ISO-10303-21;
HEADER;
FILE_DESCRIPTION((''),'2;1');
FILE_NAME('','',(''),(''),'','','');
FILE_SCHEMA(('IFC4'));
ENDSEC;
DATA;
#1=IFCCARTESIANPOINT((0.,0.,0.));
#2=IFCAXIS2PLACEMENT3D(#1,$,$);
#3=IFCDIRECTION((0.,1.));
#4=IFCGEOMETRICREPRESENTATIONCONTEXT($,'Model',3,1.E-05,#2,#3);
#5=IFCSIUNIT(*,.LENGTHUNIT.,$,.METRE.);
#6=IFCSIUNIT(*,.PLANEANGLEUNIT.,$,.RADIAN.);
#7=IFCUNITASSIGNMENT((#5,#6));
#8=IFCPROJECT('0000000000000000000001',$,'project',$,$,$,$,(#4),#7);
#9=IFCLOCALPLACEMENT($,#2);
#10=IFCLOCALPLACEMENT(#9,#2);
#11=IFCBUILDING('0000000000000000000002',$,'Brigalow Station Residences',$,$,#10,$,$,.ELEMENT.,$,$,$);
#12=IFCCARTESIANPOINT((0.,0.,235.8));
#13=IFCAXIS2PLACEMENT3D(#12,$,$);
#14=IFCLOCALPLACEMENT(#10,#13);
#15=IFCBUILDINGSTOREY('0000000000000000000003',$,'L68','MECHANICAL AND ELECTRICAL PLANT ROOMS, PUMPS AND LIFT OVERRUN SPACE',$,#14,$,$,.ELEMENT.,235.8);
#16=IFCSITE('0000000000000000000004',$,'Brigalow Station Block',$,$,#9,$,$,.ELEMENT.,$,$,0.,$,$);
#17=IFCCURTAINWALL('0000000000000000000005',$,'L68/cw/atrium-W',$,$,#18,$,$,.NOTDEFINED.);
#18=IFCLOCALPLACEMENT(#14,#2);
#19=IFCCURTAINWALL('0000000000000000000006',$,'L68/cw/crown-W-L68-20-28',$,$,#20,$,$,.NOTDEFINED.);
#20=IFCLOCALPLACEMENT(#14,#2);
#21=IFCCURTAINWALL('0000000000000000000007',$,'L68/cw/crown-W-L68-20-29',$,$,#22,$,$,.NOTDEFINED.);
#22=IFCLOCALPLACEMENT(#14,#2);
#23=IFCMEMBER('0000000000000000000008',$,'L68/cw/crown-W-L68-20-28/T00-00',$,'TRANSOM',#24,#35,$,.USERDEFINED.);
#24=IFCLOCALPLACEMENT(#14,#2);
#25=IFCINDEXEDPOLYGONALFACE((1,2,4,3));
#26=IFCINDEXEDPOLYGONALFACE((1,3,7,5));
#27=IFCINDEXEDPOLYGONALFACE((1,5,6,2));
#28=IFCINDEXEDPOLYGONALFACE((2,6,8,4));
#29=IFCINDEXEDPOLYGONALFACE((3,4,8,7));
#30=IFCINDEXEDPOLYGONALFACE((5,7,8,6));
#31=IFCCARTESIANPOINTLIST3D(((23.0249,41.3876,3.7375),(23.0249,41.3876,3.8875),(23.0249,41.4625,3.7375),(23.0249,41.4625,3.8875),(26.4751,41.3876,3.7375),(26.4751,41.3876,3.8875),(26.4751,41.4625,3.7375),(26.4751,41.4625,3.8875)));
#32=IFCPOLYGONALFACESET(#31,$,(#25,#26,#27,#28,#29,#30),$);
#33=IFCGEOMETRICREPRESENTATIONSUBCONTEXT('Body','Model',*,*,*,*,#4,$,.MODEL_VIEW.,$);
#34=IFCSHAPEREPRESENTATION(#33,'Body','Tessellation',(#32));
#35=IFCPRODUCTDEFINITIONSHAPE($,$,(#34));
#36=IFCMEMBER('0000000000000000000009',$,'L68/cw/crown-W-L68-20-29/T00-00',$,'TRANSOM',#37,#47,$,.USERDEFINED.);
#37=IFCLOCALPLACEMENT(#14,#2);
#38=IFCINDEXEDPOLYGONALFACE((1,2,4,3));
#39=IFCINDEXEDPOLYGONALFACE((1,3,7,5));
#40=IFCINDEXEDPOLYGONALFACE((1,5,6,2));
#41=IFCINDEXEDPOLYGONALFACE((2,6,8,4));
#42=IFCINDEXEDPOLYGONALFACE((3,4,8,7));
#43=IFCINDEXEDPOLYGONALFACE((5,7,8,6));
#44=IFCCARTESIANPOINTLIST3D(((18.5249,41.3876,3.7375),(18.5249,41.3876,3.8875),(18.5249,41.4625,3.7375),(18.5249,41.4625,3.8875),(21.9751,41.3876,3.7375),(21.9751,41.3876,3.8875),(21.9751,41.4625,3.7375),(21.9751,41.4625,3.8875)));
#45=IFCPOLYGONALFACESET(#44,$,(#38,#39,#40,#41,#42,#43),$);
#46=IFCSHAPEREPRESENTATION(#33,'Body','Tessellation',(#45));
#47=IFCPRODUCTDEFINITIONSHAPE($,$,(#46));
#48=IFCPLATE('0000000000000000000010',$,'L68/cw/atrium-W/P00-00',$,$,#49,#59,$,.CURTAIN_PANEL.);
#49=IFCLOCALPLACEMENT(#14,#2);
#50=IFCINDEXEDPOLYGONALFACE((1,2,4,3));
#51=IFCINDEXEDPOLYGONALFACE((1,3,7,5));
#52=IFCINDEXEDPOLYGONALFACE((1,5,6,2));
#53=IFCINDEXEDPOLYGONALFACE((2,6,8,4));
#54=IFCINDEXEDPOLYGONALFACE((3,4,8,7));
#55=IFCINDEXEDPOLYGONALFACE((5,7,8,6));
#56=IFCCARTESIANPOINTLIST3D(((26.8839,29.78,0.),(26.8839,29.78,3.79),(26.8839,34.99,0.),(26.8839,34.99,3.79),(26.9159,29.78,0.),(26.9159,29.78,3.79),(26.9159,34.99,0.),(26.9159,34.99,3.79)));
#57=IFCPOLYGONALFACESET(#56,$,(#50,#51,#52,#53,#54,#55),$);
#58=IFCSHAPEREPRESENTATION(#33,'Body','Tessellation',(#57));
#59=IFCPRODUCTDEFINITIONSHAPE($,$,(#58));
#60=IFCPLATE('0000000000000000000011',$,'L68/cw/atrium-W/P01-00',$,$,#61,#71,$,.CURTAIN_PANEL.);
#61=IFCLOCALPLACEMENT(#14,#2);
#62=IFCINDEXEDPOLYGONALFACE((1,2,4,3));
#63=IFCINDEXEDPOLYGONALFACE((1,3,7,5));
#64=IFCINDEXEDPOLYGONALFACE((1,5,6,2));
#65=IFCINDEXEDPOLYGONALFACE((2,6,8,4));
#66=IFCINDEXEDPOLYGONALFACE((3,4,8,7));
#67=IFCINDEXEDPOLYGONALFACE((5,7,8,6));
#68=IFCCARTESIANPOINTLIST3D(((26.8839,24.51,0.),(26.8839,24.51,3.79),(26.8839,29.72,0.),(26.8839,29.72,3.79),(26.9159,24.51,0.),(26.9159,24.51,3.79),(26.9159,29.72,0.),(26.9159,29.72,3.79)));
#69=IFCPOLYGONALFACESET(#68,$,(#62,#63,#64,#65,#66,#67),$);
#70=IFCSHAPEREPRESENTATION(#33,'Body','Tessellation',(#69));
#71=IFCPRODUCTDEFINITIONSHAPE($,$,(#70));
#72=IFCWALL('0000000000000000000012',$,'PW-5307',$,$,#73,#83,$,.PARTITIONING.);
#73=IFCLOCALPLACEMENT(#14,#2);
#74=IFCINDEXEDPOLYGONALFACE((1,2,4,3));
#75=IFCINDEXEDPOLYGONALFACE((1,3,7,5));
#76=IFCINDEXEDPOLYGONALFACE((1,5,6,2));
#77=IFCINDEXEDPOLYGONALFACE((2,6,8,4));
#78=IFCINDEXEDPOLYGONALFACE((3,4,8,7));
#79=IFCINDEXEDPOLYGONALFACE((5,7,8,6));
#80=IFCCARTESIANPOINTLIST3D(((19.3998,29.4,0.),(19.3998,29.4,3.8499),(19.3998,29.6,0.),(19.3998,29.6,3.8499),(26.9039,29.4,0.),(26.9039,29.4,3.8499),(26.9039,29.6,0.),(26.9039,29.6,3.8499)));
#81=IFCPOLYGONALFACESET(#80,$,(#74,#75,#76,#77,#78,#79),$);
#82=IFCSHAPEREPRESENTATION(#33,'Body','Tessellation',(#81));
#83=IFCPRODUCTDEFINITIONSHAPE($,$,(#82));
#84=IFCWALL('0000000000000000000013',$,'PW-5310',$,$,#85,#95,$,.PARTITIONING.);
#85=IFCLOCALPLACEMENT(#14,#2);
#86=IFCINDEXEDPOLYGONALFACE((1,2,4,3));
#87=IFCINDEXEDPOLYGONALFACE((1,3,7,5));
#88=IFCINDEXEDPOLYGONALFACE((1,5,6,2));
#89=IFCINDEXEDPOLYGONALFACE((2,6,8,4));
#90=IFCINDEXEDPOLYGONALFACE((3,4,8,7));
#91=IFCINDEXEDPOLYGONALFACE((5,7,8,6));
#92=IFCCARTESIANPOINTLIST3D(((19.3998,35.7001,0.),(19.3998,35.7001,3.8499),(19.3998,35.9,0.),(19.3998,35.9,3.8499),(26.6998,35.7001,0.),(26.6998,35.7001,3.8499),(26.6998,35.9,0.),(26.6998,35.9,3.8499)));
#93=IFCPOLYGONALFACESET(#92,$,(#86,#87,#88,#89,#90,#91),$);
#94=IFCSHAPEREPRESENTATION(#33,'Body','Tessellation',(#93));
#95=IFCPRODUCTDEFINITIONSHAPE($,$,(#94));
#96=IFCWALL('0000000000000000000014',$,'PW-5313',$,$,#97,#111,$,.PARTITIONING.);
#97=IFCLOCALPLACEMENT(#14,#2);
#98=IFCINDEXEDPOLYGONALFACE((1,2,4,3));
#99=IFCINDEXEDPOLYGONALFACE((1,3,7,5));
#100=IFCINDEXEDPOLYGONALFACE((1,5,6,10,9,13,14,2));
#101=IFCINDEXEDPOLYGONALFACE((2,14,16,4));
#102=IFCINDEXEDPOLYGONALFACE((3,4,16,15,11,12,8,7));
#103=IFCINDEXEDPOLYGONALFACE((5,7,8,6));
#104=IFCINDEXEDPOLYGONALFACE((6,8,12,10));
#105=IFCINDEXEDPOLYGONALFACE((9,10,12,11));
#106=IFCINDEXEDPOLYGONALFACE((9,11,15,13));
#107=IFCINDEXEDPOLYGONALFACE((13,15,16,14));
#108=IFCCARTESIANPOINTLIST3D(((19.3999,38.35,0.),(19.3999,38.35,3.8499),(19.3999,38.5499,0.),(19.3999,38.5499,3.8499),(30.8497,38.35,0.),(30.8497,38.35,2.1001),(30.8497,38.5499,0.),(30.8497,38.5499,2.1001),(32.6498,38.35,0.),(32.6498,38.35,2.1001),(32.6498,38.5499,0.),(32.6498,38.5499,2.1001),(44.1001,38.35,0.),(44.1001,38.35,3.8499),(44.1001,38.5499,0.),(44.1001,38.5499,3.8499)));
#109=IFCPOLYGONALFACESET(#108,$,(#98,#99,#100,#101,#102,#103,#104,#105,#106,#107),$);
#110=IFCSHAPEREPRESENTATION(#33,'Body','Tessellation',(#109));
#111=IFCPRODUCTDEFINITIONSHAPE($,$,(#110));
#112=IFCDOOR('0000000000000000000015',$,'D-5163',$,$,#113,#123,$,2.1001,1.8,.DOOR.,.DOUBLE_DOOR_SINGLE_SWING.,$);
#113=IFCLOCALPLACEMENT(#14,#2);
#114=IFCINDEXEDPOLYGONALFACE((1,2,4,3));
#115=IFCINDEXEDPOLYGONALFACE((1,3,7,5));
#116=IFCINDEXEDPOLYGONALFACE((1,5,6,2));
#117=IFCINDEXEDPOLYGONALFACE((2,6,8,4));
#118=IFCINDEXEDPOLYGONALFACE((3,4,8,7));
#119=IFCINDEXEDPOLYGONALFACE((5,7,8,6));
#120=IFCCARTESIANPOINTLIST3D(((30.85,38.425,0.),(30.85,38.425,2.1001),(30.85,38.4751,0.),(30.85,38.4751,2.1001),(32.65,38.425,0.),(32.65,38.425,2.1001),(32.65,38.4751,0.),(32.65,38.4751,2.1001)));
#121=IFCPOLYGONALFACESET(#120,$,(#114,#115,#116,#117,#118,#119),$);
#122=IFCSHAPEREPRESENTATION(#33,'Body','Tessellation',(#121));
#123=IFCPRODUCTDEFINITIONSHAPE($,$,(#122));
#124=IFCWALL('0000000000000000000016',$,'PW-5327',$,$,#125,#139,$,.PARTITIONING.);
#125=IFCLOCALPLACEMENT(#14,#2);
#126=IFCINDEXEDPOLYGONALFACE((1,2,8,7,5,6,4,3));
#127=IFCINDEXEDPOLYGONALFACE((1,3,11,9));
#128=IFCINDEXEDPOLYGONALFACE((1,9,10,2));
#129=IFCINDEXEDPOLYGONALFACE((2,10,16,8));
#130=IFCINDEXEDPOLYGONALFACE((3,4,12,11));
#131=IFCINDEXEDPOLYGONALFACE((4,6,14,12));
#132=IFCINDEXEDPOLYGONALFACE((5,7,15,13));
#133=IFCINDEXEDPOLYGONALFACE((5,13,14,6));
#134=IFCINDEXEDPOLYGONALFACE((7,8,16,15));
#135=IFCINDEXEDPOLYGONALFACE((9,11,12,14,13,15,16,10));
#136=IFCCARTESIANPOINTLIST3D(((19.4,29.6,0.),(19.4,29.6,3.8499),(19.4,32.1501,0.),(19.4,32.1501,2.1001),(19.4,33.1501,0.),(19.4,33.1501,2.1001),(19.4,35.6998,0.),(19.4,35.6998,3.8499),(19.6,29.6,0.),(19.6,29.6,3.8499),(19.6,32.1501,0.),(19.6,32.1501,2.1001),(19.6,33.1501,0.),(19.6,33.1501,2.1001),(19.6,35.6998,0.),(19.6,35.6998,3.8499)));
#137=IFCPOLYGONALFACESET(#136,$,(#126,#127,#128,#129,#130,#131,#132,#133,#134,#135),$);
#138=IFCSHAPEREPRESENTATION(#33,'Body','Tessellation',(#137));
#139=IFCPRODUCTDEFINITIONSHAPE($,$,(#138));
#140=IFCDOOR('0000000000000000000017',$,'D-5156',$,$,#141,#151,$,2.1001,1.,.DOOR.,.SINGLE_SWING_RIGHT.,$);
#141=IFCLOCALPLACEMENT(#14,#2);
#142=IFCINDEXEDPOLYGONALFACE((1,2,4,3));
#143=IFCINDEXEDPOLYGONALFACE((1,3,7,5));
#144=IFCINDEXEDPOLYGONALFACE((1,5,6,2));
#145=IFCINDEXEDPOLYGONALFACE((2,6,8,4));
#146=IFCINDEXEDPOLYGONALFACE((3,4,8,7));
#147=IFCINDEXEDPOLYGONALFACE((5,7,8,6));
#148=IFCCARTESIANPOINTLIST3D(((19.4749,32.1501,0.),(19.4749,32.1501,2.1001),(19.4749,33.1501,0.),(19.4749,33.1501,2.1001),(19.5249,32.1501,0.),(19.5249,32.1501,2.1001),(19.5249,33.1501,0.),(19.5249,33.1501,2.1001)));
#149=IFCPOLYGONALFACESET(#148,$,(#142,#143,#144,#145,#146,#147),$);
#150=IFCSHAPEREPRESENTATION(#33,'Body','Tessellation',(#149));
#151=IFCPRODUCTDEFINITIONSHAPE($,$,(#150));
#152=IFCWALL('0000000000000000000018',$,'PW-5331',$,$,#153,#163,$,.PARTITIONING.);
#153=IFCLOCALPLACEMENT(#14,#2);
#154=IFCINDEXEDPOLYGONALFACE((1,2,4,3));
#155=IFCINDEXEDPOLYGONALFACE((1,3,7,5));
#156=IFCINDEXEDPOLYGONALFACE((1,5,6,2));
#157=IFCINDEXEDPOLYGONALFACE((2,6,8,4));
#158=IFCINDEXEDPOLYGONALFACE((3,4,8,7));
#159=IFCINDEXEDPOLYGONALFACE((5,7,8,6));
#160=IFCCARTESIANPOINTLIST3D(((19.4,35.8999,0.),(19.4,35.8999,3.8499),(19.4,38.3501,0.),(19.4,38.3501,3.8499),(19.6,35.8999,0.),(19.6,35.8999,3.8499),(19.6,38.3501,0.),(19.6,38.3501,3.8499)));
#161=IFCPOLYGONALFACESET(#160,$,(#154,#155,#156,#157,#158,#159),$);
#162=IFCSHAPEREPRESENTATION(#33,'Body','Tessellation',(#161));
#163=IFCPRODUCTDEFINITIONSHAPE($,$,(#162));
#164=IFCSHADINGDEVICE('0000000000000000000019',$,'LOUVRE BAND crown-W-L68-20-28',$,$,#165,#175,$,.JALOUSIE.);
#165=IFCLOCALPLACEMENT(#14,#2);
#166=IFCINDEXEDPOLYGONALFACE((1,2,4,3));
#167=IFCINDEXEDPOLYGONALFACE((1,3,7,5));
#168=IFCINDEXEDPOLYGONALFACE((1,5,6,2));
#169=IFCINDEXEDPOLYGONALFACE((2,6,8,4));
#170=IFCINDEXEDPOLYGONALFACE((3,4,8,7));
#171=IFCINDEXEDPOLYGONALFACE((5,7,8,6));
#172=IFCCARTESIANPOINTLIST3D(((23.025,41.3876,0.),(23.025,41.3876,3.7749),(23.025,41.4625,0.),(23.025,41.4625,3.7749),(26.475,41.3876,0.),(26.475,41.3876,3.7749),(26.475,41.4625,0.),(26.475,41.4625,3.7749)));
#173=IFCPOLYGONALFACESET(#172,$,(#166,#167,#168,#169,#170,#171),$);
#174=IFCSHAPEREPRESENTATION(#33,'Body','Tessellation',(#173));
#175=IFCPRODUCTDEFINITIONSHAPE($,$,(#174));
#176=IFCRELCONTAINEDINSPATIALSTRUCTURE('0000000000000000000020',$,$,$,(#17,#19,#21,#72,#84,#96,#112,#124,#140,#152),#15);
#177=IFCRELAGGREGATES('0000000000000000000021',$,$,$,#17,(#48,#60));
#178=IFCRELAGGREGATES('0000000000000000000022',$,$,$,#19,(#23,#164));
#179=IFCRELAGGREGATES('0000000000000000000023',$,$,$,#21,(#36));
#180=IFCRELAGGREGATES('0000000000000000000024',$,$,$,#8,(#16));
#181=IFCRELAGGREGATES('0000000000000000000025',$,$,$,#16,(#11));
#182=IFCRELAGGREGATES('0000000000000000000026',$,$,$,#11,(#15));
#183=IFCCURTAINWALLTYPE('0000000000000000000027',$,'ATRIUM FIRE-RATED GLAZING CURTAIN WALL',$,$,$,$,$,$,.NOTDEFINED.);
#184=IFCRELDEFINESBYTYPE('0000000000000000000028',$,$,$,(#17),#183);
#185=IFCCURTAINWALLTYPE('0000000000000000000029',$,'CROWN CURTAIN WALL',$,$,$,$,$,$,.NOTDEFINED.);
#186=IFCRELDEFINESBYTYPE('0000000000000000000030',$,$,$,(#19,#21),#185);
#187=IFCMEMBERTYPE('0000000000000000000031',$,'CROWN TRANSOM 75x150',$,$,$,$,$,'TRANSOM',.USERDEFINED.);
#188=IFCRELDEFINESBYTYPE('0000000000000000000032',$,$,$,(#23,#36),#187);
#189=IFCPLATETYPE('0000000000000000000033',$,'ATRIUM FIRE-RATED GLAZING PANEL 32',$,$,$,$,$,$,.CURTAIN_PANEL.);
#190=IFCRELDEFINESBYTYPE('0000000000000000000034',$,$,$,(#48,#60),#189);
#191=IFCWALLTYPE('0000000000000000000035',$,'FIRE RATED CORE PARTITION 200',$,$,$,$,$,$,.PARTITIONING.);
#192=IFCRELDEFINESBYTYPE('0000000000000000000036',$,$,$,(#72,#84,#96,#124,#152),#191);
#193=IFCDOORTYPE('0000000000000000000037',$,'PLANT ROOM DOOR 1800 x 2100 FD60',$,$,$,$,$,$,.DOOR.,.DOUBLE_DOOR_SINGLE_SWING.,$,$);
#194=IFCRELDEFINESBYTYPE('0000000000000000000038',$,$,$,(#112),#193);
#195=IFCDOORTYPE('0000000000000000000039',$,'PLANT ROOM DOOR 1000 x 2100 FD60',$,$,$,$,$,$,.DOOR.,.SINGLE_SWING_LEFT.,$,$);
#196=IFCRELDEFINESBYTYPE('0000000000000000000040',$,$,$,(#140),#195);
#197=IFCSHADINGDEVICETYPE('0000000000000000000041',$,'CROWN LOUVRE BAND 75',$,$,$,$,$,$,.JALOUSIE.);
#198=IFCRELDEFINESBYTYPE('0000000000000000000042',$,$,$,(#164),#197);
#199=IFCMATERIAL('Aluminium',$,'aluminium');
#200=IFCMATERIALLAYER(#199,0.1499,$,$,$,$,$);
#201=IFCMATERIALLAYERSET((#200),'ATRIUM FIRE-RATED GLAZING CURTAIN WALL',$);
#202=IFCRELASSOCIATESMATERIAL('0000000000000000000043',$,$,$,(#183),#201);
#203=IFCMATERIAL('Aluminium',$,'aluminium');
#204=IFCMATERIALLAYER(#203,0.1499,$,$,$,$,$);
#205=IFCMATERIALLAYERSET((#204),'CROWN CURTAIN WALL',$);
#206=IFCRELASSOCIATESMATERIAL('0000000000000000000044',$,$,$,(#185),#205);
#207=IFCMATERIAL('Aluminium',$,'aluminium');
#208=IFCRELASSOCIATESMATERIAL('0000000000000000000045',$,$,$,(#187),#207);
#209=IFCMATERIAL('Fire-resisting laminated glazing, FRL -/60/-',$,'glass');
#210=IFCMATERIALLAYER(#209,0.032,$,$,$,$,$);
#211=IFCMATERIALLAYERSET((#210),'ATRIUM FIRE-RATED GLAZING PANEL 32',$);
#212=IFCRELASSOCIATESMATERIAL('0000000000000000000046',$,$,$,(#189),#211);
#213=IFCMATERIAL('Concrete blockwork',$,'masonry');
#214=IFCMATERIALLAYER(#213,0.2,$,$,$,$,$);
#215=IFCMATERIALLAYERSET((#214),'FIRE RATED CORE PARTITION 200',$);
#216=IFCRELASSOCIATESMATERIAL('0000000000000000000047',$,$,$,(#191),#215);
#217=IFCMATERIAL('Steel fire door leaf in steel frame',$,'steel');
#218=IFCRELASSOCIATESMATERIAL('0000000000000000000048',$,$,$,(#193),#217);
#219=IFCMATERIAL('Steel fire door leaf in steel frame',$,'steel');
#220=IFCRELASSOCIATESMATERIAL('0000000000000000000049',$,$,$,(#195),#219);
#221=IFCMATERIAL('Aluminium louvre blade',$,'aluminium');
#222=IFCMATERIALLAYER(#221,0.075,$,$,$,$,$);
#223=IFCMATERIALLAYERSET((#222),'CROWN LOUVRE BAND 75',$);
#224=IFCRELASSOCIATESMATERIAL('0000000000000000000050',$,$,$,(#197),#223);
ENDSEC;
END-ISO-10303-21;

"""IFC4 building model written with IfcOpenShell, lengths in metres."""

from ifc_helpers import new_model, si_unit, direction, frame, frame_2d, origin, origin_2d, place, context, subcontext, project, spatial, rectangle, extrude, material, layer, layer_set, material_profile, profile_set, type_object, element, fill, aggregate, save


model = new_model("IFC4")

# Units and contexts
model_context = context("Model", 3, precision=1e-05, world=origin(), true_north=direction((0.0, 1.0)))
body_context = subcontext(model_context, "Body", "Model", "MODEL_VIEW")
ifc_project = project(units=[si_unit("LENGTHUNIT", "METRE"), si_unit("PLANEANGLEUNIT", "RADIAN")], contexts=[model_context])

# Site, building, storey
site_placement = place(None, origin())
site = spatial("IfcSite", under=ifc_project, at=site_placement, Name="Brigalow Station Block", CompositionType="ELEMENT", RefElevation=0.0)
building_placement = place(site_placement, origin())
building = spatial("IfcBuilding", under=site, at=building_placement, Name="Brigalow Station Residences", CompositionType="ELEMENT")
storey_placement = place(building_placement, frame((0.0, 0.0, 235.8)))
storey = spatial("IfcBuildingStorey", under=building, at=storey_placement, Name="L68", Description="MECHANICAL AND ELECTRICAL PLANT ROOMS, PUMPS AND LIFT OVERRUN SPACE", CompositionType="ELEMENT", Elevation=235.8)

# Curtain walls
ifc_material_1 = material(Name="Aluminium", Category="aluminium")
ifc_layer_1 = layer(ifc_material_1, 0.1499)
ifc_layer_set_1 = layer_set([ifc_layer_1], Name="ATRIUM FIRE-RATED GLAZING CURTAIN WALL")
curtain_wall_type_1 = type_object("IfcCurtainWallType", Name="ATRIUM FIRE-RATED GLAZING CURTAIN WALL", PredefinedType="NOTDEFINED", material=ifc_layer_set_1)
curtain_wall_1_placement = place(storey_placement, origin())
curtain_wall_1 = element("IfcCurtainWall", 1, at=curtain_wall_1_placement, inside=storey, type_object=curtain_wall_type_1, Name="L68/cw/atrium-W", PredefinedType="NOTDEFINED")
ifc_material_2 = material(Name="Aluminium", Category="aluminium")
ifc_layer_2 = layer(ifc_material_2, 0.1499)
ifc_layer_set_2 = layer_set([ifc_layer_2], Name="CROWN CURTAIN WALL")
curtain_wall_type_2 = type_object("IfcCurtainWallType", Name="CROWN CURTAIN WALL", PredefinedType="NOTDEFINED", material=ifc_layer_set_2)
curtain_wall_2_placement = place(storey_placement, origin())
curtain_wall_2 = element("IfcCurtainWall", 2, at=curtain_wall_2_placement, inside=storey, type_object=curtain_wall_type_2, Name="L68/cw/crown-W-L68-20-28", PredefinedType="NOTDEFINED")
curtain_wall_3_placement = place(storey_placement, origin())
curtain_wall_3 = element("IfcCurtainWall", 3, at=curtain_wall_3_placement, inside=storey, type_object=curtain_wall_type_2, Name="L68/cw/crown-W-L68-20-29", PredefinedType="NOTDEFINED")

# Members
ifc_material_3 = material(Name="Aluminium", Category="aluminium")
ifc_material_profile_1 = material_profile(ifc_material_3, rectangle(XDim=0.075, YDim=0.1499, at=origin_2d()), Name="CROWN TRANSOM 75x150")
ifc_profile_set_1 = profile_set([ifc_material_profile_1], Name="Aluminium")
member_type_1 = type_object("IfcMemberType", Name="CROWN TRANSOM 75x150", ElementType="TRANSOM", PredefinedType="USERDEFINED", material=ifc_profile_set_1)
member_1_placement = place(storey_placement, frame((26.4751, 41.425, 3.8125), z_axis=(-1.0, 0.0, 0.0), x_axis=(0.0, -1.0, 0.0)))
member_1 = element("IfcMember", 4, at=member_1_placement, type_object=member_type_1, Name="L68/cw/crown-W-L68-20-28/T00-00", ObjectType="TRANSOM", PredefinedType="USERDEFINED", context=body_context, shape_type="SweptSolid", body=[
    extrude(rectangle(XDim=0.075, YDim=0.1499, at=origin_2d()), origin(), (0.0, 0.0, 1.0), 3.4502),
])
member_2_placement = place(storey_placement, frame((21.9751, 41.425, 3.8125), z_axis=(-1.0, 0.0, 0.0), x_axis=(0.0, -1.0, 0.0)))
member_2 = element("IfcMember", 5, at=member_2_placement, type_object=member_type_1, Name="L68/cw/crown-W-L68-20-29/T00-00", ObjectType="TRANSOM", PredefinedType="USERDEFINED", context=body_context, shape_type="SweptSolid", body=[
    extrude(rectangle(XDim=0.075, YDim=0.1499, at=origin_2d()), origin(), (0.0, 0.0, 1.0), 3.4502),
])

# Plates
ifc_material_4 = material(Name="Fire-resisting laminated glazing, FRL -/60/-", Category="glass")
ifc_layer_3 = layer(ifc_material_4, 0.032)
ifc_layer_set_3 = layer_set([ifc_layer_3], Name="ATRIUM FIRE-RATED GLAZING PANEL 32")
plate_type = type_object("IfcPlateType", Name="ATRIUM FIRE-RATED GLAZING PANEL 32", PredefinedType="CURTAIN_PANEL", material=ifc_layer_set_3)
plate_1_placement = place(storey_placement, frame((26.8999, 32.385, 0.0), z_axis=(0.0, 0.0, 1.0), x_axis=(0.0, -1.0, 0.0)))
plate_1 = element("IfcPlate", 6, at=plate_1_placement, type_object=plate_type, Name="L68/cw/atrium-W/P00-00", PredefinedType="CURTAIN_PANEL", context=body_context, shape_type="SweptSolid", body=[
    extrude(rectangle(XDim=5.21, YDim=0.032, at=origin_2d()), origin(), (0.0, 0.0, 1.0), 3.79),
])
plate_2_placement = place(storey_placement, frame((26.8999, 27.115, 0.0), z_axis=(0.0, 0.0, 1.0), x_axis=(0.0, -1.0, 0.0)))
plate_2 = element("IfcPlate", 7, at=plate_2_placement, type_object=plate_type, Name="L68/cw/atrium-W/P01-00", PredefinedType="CURTAIN_PANEL", context=body_context, shape_type="SweptSolid", body=[
    extrude(rectangle(XDim=5.21, YDim=0.032, at=origin_2d()), origin(), (0.0, 0.0, 1.0), 3.79),
])
aggregate(curtain_wall_1, [plate_1, plate_2])

# Walls
ifc_material_5 = material(Name="Concrete blockwork", Category="masonry")
ifc_layer_4 = layer(ifc_material_5, 0.2)
ifc_layer_set_4 = layer_set([ifc_layer_4], Name="FIRE RATED CORE PARTITION 200")
wall_type = type_object("IfcWallType", Name="FIRE RATED CORE PARTITION 200", PredefinedType="PARTITIONING", material=ifc_layer_set_4)
wall_1_placement = place(storey_placement, frame((19.3999, 29.5, 0.0), z_axis=(0.0, 0.0, 1.0), x_axis=(1.0, 0.0, 0.0)))
element("IfcWall", 8, at=wall_1_placement, inside=storey, type_object=wall_type, Name="PW-5307", PredefinedType="PARTITIONING", context=body_context, shape_type="SweptSolid", body=[
    extrude(rectangle(XDim=7.5042, YDim=0.2, at=frame_2d((3.752, 0.0))), origin(), (0.0, 0.0, 1.0), 3.8499),
])
wall_2_placement = place(storey_placement, frame((19.3999, 35.8, 0.0), z_axis=(0.0, 0.0, 1.0), x_axis=(1.0, 0.0, 0.0)))
element("IfcWall", 9, at=wall_2_placement, inside=storey, type_object=wall_type, Name="PW-5310", PredefinedType="PARTITIONING", context=body_context, shape_type="SweptSolid", body=[
    extrude(rectangle(XDim=7.3, YDim=0.2, at=frame_2d((3.6499, 0.0))), origin(), (0.0, 0.0, 1.0), 3.8499),
])

# Walls, openings, doors
wall_3_placement = place(storey_placement, frame((19.3999, 38.45, 0.0), z_axis=(0.0, 0.0, 1.0), x_axis=(1.0, 0.0, 0.0)))
wall_3 = element("IfcWall", 10, at=wall_3_placement, inside=storey, type_object=wall_type, Name="PW-5313", PredefinedType="PARTITIONING", context=body_context, shape_type="SweptSolid", body=[
    extrude(rectangle(XDim=24.7002, YDim=0.2, at=frame_2d((12.3501, 0.0))), origin(), (0.0, 0.0, 1.0), 3.8499),
])
opening_1_placement = place(wall_3_placement, frame((11.45, 0.0, 0.0)))
opening_1 = element("IfcOpeningElement", 11, at=opening_1_placement, cuts=wall_3, PredefinedType="OPENING", context=body_context, shape_type="SweptSolid", body=[
    extrude(rectangle(XDim=1.8, YDim=2.1001, at=frame_2d((0.8999, 1.05))), frame((0.0, 0.1099, 0.0), z_axis=(0.0, -1.0, 0.0), x_axis=(1.0, 0.0, 0.0)), (0.0, 0.0, 1.0), 0.22),
])
ifc_material_6 = material(Name="Steel fire door leaf in steel frame", Category="steel")
door_type_1 = type_object("IfcDoorType", Name="PLANT ROOM DOOR 1800 x 2100 FD60", OperationType="DOUBLE_DOOR_SINGLE_SWING", PredefinedType="DOOR", material=ifc_material_6)
door_1_placement = place(opening_1_placement, frame((1.8, 0.0, 0.0), z_axis=(0.0, 0.0, 1.0), x_axis=(-1.0, 0.0, 0.0)))
door_1 = element("IfcDoor", 12, at=door_1_placement, inside=storey, type_object=door_type_1, Name="D-5163", OperationType="DOUBLE_DOOR_SINGLE_SWING", OverallHeight=2.1001, OverallWidth=1.8, PredefinedType="DOOR", context=body_context, shape_type="SweptSolid", body=[
    extrude(rectangle(XDim=1.8, YDim=2.1001, at=frame_2d((0.8999, 1.05))), frame((0.0, 0.0249, 0.0), z_axis=(0.0, -1.0, 0.0), x_axis=(1.0, 0.0, 0.0)), (0.0, 0.0, 1.0), 0.05),
])
fill(opening_1, door_1)
wall_4_placement = place(storey_placement, frame((19.5, 29.6001, 0.0), z_axis=(0.0, 0.0, 1.0), x_axis=(0.0, 1.0, 0.0)))
wall_4 = element("IfcWall", 13, at=wall_4_placement, inside=storey, type_object=wall_type, Name="PW-5327", PredefinedType="PARTITIONING", context=body_context, shape_type="SweptSolid", body=[
    extrude(rectangle(XDim=6.0999, YDim=0.2, at=frame_2d((3.0498, 0.0))), origin(), (0.0, 0.0, 1.0), 3.8499),
])
opening_2_placement = place(wall_4_placement, frame((2.55, 0.0, 0.0)))
opening_2 = element("IfcOpeningElement", 14, at=opening_2_placement, cuts=wall_4, PredefinedType="OPENING", context=body_context, shape_type="SweptSolid", body=[
    extrude(rectangle(XDim=1.0, YDim=2.1001, at=frame_2d((0.5, 1.05))), frame((0.0, 0.1099, 0.0), z_axis=(0.0, -1.0, 0.0), x_axis=(1.0, 0.0, 0.0)), (0.0, 0.0, 1.0), 0.22),
])
ifc_material_7 = material(Name="Steel fire door leaf in steel frame", Category="steel")
door_type_2 = type_object("IfcDoorType", Name="PLANT ROOM DOOR 1000 x 2100 FD60", OperationType="SINGLE_SWING_LEFT", PredefinedType="DOOR", material=ifc_material_7)
door_2_placement = place(opening_2_placement, frame((1.0, 0.0, 0.0), z_axis=(0.0, 0.0, 1.0), x_axis=(-1.0, 0.0, 0.0)))
door_2 = element("IfcDoor", 15, at=door_2_placement, inside=storey, type_object=door_type_2, Name="D-5156", OperationType="SINGLE_SWING_RIGHT", OverallHeight=2.1001, OverallWidth=1.0, PredefinedType="DOOR", context=body_context, shape_type="SweptSolid", body=[
    extrude(rectangle(XDim=1.0, YDim=2.1001, at=frame_2d((0.5, 1.05))), frame((0.0, 0.0249, 0.0), z_axis=(0.0, -1.0, 0.0), x_axis=(1.0, 0.0, 0.0)), (0.0, 0.0, 1.0), 0.05),
])
fill(opening_2, door_2)

# Wall
wall_5_placement = place(storey_placement, frame((19.5, 35.8999, 0.0), z_axis=(0.0, 0.0, 1.0), x_axis=(0.0, 1.0, 0.0)))
element("IfcWall", 16, at=wall_5_placement, inside=storey, type_object=wall_type, Name="PW-5331", PredefinedType="PARTITIONING", context=body_context, shape_type="SweptSolid", body=[
    extrude(rectangle(XDim=2.4502, YDim=0.2, at=frame_2d((1.2251, 0.0))), origin(), (0.0, 0.0, 1.0), 3.8499),
])

# Shading device
ifc_material_8 = material(Name="Aluminium louvre blade", Category="aluminium")
ifc_layer_5 = layer(ifc_material_8, 0.075)
ifc_layer_set_5 = layer_set([ifc_layer_5], Name="CROWN LOUVRE BAND 75")
shading_device_type = type_object("IfcShadingDeviceType", Name="CROWN LOUVRE BAND 75", PredefinedType="JALOUSIE", material=ifc_layer_set_5)
shading_device_1_placement = place(storey_placement, frame((24.75, 41.425, 0.0), z_axis=(0.0, 0.0, 1.0), x_axis=(-1.0, 0.0, 0.0)))
shading_device_1 = element("IfcShadingDevice", 17, at=shading_device_1_placement, type_object=shading_device_type, Name="LOUVRE BAND crown-W-L68-20-28", PredefinedType="JALOUSIE", context=body_context, shape_type="SweptSolid", body=[
    extrude(rectangle(XDim=3.45, YDim=0.075, at=origin_2d()), origin(), (0.0, 0.0, 1.0), 3.7749),
])
aggregate(curtain_wall_2, [member_1, shading_device_1])
aggregate(curtain_wall_3, [member_2])

save(model, "model.ifc")
